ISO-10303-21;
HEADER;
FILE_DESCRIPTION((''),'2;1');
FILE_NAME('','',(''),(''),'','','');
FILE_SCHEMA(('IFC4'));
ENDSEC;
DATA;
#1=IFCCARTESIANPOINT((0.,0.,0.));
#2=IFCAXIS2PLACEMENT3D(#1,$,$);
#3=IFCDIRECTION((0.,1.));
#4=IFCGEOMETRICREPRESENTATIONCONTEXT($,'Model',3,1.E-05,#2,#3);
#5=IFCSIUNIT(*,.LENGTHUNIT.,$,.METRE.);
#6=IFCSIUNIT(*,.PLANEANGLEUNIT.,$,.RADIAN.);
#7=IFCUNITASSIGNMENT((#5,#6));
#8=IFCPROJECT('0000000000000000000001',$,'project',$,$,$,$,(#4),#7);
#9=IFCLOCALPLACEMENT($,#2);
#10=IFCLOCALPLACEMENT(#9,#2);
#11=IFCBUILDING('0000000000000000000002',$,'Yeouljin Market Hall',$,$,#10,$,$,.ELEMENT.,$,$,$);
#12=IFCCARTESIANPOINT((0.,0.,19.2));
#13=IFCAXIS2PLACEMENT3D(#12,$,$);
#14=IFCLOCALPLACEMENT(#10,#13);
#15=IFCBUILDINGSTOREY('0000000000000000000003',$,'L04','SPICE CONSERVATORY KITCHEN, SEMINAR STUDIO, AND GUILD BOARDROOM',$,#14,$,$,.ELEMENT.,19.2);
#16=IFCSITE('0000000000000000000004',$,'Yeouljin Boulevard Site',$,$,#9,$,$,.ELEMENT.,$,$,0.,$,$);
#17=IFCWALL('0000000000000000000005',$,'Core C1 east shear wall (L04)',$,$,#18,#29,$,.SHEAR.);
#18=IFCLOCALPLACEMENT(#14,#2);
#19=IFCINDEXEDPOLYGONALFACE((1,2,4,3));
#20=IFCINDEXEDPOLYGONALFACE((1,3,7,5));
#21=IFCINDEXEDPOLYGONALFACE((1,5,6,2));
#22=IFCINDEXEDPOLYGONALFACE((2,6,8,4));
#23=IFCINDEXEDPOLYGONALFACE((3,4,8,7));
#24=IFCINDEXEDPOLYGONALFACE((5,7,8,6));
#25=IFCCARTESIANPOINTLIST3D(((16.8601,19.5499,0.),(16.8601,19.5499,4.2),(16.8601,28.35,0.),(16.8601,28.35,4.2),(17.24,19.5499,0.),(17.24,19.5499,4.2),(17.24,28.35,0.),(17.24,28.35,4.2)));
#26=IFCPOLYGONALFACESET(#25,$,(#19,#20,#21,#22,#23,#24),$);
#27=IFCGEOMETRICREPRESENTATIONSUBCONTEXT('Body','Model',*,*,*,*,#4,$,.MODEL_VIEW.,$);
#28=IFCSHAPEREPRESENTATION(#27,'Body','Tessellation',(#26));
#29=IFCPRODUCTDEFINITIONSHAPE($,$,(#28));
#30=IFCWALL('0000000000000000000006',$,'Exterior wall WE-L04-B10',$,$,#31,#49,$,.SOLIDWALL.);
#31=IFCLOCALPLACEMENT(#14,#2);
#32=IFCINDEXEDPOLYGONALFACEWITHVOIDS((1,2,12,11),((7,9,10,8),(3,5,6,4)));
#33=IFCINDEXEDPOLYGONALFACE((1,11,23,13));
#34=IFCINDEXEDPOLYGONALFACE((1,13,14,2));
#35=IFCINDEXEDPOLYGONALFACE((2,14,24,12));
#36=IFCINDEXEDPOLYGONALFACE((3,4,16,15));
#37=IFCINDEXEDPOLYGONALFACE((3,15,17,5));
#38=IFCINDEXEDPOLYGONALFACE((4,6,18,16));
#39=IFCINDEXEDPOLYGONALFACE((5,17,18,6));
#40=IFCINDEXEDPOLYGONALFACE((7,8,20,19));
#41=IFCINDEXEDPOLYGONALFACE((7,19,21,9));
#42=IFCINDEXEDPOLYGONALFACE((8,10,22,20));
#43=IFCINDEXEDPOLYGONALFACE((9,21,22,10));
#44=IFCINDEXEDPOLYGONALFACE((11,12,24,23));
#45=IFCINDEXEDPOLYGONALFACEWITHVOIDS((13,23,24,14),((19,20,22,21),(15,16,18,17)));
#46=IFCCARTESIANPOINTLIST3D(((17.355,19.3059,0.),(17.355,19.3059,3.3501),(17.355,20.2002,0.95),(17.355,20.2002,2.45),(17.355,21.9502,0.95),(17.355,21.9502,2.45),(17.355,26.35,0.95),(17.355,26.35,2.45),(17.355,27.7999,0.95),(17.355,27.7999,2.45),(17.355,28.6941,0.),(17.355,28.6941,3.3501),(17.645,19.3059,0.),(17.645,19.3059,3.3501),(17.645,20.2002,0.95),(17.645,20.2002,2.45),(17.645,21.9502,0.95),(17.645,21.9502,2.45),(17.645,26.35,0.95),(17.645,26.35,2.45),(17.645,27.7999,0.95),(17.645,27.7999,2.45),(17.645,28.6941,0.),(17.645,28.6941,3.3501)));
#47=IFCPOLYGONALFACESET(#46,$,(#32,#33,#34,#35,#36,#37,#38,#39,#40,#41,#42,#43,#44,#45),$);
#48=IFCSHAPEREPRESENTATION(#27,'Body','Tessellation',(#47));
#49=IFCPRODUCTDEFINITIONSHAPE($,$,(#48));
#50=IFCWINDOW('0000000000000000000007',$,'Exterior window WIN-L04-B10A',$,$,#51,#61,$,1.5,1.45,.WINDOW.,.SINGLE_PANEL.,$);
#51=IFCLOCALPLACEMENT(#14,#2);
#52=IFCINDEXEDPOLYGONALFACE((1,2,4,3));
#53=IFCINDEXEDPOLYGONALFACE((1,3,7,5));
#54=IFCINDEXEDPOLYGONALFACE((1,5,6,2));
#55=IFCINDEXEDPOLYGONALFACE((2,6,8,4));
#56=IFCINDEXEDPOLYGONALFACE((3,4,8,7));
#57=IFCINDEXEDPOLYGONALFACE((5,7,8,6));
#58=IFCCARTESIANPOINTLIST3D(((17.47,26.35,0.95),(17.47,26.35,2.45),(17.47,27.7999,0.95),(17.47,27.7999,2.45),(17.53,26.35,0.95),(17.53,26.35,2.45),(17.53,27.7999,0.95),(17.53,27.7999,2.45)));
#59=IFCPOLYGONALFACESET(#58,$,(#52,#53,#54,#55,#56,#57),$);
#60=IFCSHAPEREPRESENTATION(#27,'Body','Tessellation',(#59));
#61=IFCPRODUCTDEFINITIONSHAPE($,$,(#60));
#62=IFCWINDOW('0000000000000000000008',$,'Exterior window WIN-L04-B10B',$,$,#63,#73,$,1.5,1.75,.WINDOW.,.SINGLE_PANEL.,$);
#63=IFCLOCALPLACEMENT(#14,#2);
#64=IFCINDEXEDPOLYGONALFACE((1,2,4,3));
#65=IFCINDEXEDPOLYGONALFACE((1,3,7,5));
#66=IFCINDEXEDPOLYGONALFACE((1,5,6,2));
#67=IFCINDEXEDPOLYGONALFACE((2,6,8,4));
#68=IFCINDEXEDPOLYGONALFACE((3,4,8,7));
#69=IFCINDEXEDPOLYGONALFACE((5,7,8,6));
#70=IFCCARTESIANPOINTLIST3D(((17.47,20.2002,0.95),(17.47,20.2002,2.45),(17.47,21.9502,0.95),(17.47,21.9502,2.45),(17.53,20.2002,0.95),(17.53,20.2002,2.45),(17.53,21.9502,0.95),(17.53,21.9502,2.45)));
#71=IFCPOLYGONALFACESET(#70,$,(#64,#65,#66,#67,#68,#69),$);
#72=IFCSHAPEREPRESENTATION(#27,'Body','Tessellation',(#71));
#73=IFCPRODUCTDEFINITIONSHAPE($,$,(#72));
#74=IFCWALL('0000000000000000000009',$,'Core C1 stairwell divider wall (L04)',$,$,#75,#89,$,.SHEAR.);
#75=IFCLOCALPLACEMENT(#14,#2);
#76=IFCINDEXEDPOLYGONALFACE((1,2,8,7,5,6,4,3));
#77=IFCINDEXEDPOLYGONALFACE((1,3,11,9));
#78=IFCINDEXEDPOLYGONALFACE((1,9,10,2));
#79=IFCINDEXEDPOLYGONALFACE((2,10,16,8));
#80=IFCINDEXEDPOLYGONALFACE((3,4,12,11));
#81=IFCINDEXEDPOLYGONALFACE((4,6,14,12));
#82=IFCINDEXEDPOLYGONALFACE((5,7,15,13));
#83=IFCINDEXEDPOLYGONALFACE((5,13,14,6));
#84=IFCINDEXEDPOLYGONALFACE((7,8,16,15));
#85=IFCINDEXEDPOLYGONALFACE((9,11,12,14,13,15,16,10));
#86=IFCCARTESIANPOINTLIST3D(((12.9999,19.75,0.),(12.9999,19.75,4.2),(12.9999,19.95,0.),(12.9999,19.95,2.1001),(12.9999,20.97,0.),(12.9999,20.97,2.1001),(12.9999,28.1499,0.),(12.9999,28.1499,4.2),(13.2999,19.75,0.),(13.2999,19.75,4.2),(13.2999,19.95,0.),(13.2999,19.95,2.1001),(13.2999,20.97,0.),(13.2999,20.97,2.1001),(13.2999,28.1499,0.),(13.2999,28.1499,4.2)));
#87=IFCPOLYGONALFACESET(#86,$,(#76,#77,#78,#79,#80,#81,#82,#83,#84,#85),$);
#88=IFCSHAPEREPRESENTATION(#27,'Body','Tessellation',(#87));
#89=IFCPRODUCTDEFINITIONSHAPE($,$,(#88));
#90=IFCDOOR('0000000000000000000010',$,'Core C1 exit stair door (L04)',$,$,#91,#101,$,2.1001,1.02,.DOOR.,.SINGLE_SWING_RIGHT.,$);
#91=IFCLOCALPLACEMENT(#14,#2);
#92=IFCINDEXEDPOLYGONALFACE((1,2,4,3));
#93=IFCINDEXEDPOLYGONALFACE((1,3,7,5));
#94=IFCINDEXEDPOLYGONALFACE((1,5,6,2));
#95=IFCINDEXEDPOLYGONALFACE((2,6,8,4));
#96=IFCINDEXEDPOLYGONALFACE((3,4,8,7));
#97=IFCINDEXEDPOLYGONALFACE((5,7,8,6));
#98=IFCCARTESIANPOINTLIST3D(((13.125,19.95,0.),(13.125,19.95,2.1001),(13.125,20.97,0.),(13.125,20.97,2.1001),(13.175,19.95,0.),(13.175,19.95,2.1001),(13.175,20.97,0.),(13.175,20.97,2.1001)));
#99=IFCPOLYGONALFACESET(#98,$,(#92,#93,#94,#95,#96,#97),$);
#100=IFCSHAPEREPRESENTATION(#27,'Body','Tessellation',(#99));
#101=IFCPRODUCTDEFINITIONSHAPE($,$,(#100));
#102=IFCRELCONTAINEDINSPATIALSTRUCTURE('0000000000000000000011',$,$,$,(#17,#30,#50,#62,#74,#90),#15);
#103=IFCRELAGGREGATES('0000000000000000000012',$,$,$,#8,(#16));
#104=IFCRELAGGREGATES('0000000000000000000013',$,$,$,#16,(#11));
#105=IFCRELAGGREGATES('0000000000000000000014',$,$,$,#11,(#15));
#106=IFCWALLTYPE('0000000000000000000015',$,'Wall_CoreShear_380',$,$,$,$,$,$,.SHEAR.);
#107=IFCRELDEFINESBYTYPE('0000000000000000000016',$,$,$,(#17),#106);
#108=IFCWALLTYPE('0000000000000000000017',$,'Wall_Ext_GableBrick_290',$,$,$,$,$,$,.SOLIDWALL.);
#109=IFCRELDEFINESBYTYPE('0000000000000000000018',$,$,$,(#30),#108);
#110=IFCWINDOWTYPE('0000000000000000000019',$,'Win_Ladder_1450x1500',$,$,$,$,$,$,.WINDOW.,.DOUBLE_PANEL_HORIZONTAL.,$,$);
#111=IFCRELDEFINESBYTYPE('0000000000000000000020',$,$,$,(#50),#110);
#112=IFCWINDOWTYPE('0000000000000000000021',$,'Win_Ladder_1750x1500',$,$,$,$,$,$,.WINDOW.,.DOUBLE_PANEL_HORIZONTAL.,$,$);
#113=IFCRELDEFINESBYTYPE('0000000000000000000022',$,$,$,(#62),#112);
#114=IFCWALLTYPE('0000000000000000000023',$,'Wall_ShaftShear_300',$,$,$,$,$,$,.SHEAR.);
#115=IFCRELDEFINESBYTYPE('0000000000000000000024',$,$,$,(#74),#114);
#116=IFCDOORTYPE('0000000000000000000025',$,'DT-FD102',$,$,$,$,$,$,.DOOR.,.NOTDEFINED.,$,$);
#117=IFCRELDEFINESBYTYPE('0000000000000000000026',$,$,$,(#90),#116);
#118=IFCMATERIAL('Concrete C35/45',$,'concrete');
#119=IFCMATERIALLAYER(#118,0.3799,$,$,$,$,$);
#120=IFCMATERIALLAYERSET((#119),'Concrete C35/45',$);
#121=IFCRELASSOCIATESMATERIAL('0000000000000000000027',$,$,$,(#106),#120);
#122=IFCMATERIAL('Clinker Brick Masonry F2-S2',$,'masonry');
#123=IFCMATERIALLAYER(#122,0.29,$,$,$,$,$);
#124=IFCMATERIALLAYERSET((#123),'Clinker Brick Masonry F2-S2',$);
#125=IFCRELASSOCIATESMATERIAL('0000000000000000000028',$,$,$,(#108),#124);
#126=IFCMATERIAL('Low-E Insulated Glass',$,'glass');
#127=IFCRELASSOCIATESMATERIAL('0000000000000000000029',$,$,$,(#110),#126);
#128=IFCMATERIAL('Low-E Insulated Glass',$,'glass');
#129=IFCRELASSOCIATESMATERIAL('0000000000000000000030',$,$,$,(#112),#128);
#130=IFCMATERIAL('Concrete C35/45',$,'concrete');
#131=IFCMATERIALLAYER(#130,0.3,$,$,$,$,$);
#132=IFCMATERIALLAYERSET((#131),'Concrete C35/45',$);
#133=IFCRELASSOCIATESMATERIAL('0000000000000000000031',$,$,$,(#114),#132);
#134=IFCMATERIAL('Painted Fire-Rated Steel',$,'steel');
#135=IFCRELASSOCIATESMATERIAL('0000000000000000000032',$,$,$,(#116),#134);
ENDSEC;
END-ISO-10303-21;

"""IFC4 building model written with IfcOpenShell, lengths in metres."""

from ifc_helpers import new_model, si_unit, direction, frame, frame_2d, origin, place, context, subcontext, project, spatial, rectangle, extrude, material, layer, layer_set, type_object, element, fill, save


model = new_model("IFC4")

# Units and contexts
model_context = context("Model", 3, precision=1e-05, world=origin(), true_north=direction((0.0, 1.0)))
body_context = subcontext(model_context, "Body", "Model", "MODEL_VIEW")
ifc_project = project(units=[si_unit("LENGTHUNIT", "METRE"), si_unit("PLANEANGLEUNIT", "RADIAN")], contexts=[model_context])

# Site, building, storey
site_placement = place(None, origin())
site = spatial("IfcSite", under=ifc_project, at=site_placement, Name="Yeouljin Boulevard Site", CompositionType="ELEMENT", RefElevation=0.0)
building_placement = place(site_placement, origin())
building = spatial("IfcBuilding", under=site, at=building_placement, Name="Yeouljin Market Hall", CompositionType="ELEMENT")
storey_placement = place(building_placement, frame((0.0, 0.0, 19.2)))
storey = spatial("IfcBuildingStorey", under=building, at=storey_placement, Name="L04", Description="SPICE CONSERVATORY KITCHEN, SEMINAR STUDIO, AND GUILD BOARDROOM", CompositionType="ELEMENT", Elevation=19.2)

# Wall
ifc_material_1 = material(Name="Concrete C35/45", Category="concrete")
ifc_layer_1 = layer(ifc_material_1, 0.3799)
ifc_layer_set_1 = layer_set([ifc_layer_1], Name="Concrete C35/45")
wall_type_1 = type_object("IfcWallType", Name="Wall_CoreShear_380", PredefinedType="SHEAR", material=ifc_layer_set_1)
wall_1_placement = place(storey_placement, frame((17.05, 19.55, 0.0), z_axis=(0.0, 0.0, 1.0), x_axis=(0.0, 1.0, 0.0)))
element("IfcWall", 1, at=wall_1_placement, inside=storey, type_object=wall_type_1, Name="Core C1 east shear wall (L04)", PredefinedType="SHEAR", context=body_context, shape_type="SweptSolid", body=[
    extrude(rectangle(XDim=8.8, YDim=0.3799, at=frame_2d((4.3999, 0.0))), origin(), (0.0, 0.0, 1.0), 4.2),
])

# Wall, openings, windows
ifc_material_2 = material(Name="Clinker Brick Masonry F2-S2", Category="masonry")
ifc_layer_2 = layer(ifc_material_2, 0.29)
ifc_layer_set_2 = layer_set([ifc_layer_2], Name="Clinker Brick Masonry F2-S2")
wall_type_2 = type_object("IfcWallType", Name="Wall_Ext_GableBrick_290", PredefinedType="SOLIDWALL", material=ifc_layer_set_2)
wall_2_placement = place(storey_placement, frame((17.5, 28.6941, 0.0), z_axis=(0.0, 0.0, 1.0), x_axis=(0.0, -1.0, 0.0)))
wall_2 = element("IfcWall", 2, at=wall_2_placement, inside=storey, type_object=wall_type_2, Name="Exterior wall WE-L04-B10", PredefinedType="SOLIDWALL", context=body_context, shape_type="SweptSolid", body=[
    extrude(rectangle(XDim=9.3882, YDim=0.29, at=frame_2d((4.6941, 0.0))), origin(), (0.0, 0.0, 1.0), 3.3501),
])
opening_1_placement = place(wall_2_placement, frame((0.894, 0.0, 0.95)))
opening_1 = element("IfcOpeningElement", 3, at=opening_1_placement, cuts=wall_2, PredefinedType="OPENING", context=body_context, shape_type="SweptSolid", body=[
    extrude(rectangle(XDim=1.45, YDim=1.5, at=frame_2d((0.7251, 0.75))), frame((0.0, 0.155, 0.0), z_axis=(0.0, -1.0, 0.0), x_axis=(1.0, 0.0, 0.0)), (0.0, 0.0, 1.0), 0.3101),
])
opening_2_placement = place(wall_2_placement, frame((6.7439, 0.0, 0.95)))
opening_2 = element("IfcOpeningElement", 4, at=opening_2_placement, cuts=wall_2, PredefinedType="OPENING", context=body_context, shape_type="SweptSolid", body=[
    extrude(rectangle(XDim=1.75, YDim=1.5, at=frame_2d((0.875, 0.75))), frame((0.0, 0.155, 0.0), z_axis=(0.0, -1.0, 0.0), x_axis=(1.0, 0.0, 0.0)), (0.0, 0.0, 1.0), 0.3101),
])
ifc_material_3 = material(Name="Low-E Insulated Glass", Category="glass")
window_type_1 = type_object("IfcWindowType", Name="Win_Ladder_1450x1500", PartitioningType="DOUBLE_PANEL_HORIZONTAL", PredefinedType="WINDOW", material=ifc_material_3)
window_1_placement = place(opening_1_placement, origin())
window_1 = element("IfcWindow", 5, at=window_1_placement, inside=storey, type_object=window_type_1, Name="Exterior window WIN-L04-B10A", OverallHeight=1.5, OverallWidth=1.45, PartitioningType="SINGLE_PANEL", PredefinedType="WINDOW", context=body_context, shape_type="SweptSolid", body=[
    extrude(rectangle(XDim=1.45, YDim=1.5, at=frame_2d((0.7251, 0.75))), frame((0.0, 0.03, 0.0), z_axis=(0.0, -1.0, 0.0), x_axis=(1.0, 0.0, 0.0)), (0.0, 0.0, 1.0), 0.0601),
])
fill(opening_1, window_1)
ifc_material_4 = material(Name="Low-E Insulated Glass", Category="glass")
window_type_2 = type_object("IfcWindowType", Name="Win_Ladder_1750x1500", PartitioningType="DOUBLE_PANEL_HORIZONTAL", PredefinedType="WINDOW", material=ifc_material_4)
window_2_placement = place(opening_2_placement, origin())
window_2 = element("IfcWindow", 6, at=window_2_placement, inside=storey, type_object=window_type_2, Name="Exterior window WIN-L04-B10B", OverallHeight=1.5, OverallWidth=1.75, PartitioningType="SINGLE_PANEL", PredefinedType="WINDOW", context=body_context, shape_type="SweptSolid", body=[
    extrude(rectangle(XDim=1.75, YDim=1.5, at=frame_2d((0.875, 0.75))), frame((0.0, 0.03, 0.0), z_axis=(0.0, -1.0, 0.0), x_axis=(1.0, 0.0, 0.0)), (0.0, 0.0, 1.0), 0.0601),
])
fill(opening_2, window_2)

# Wall, opening, door
ifc_material_5 = material(Name="Concrete C35/45", Category="concrete")
ifc_layer_3 = layer(ifc_material_5, 0.3)
ifc_layer_set_3 = layer_set([ifc_layer_3], Name="Concrete C35/45")
wall_type_3 = type_object("IfcWallType", Name="Wall_ShaftShear_300", PredefinedType="SHEAR", material=ifc_layer_set_3)
wall_3_placement = place(storey_placement, frame((13.1499, 19.75, 0.0), z_axis=(0.0, 0.0, 1.0), x_axis=(0.0, 1.0, 0.0)))
wall_3 = element("IfcWall", 7, at=wall_3_placement, inside=storey, type_object=wall_type_3, Name="Core C1 stairwell divider wall (L04)", PredefinedType="SHEAR", context=body_context, shape_type="SweptSolid", body=[
    extrude(rectangle(XDim=8.3999, YDim=0.3, at=frame_2d((4.2, 0.0))), origin(), (0.0, 0.0, 1.0), 4.2),
])
opening_3_placement = place(wall_3_placement, frame((0.2, 0.0, 0.0)))
opening_3 = element("IfcOpeningElement", 8, at=opening_3_placement, cuts=wall_3, PredefinedType="OPENING", context=body_context, shape_type="SweptSolid", body=[
    extrude(rectangle(XDim=1.02, YDim=2.1001, at=frame_2d((0.51, 1.05))), frame((0.0, 0.1599, 0.0), z_axis=(0.0, -1.0, 0.0), x_axis=(1.0, 0.0, 0.0)), (0.0, 0.0, 1.0), 0.3201),
])
ifc_material_6 = material(Name="Painted Fire-Rated Steel", Category="steel")
door_type_1 = type_object("IfcDoorType", Name="DT-FD102", OperationType="NOTDEFINED", PredefinedType="DOOR", material=ifc_material_6)
door_1_placement = place(opening_3_placement, origin())
door_1 = element("IfcDoor", 9, at=door_1_placement, inside=storey, type_object=door_type_1, Name="Core C1 exit stair door (L04)", OperationType="SINGLE_SWING_RIGHT", OverallHeight=2.1001, OverallWidth=1.02, PredefinedType="DOOR", context=body_context, shape_type="SweptSolid", body=[
    extrude(rectangle(XDim=1.02, YDim=2.1001, at=frame_2d((0.51, 1.05))), frame((0.0, 0.0249, 0.0), z_axis=(0.0, -1.0, 0.0), x_axis=(1.0, 0.0, 0.0)), (0.0, 0.0, 1.0), 0.05),
])
fill(opening_3, door_1)

save(model, "model.ifc")
